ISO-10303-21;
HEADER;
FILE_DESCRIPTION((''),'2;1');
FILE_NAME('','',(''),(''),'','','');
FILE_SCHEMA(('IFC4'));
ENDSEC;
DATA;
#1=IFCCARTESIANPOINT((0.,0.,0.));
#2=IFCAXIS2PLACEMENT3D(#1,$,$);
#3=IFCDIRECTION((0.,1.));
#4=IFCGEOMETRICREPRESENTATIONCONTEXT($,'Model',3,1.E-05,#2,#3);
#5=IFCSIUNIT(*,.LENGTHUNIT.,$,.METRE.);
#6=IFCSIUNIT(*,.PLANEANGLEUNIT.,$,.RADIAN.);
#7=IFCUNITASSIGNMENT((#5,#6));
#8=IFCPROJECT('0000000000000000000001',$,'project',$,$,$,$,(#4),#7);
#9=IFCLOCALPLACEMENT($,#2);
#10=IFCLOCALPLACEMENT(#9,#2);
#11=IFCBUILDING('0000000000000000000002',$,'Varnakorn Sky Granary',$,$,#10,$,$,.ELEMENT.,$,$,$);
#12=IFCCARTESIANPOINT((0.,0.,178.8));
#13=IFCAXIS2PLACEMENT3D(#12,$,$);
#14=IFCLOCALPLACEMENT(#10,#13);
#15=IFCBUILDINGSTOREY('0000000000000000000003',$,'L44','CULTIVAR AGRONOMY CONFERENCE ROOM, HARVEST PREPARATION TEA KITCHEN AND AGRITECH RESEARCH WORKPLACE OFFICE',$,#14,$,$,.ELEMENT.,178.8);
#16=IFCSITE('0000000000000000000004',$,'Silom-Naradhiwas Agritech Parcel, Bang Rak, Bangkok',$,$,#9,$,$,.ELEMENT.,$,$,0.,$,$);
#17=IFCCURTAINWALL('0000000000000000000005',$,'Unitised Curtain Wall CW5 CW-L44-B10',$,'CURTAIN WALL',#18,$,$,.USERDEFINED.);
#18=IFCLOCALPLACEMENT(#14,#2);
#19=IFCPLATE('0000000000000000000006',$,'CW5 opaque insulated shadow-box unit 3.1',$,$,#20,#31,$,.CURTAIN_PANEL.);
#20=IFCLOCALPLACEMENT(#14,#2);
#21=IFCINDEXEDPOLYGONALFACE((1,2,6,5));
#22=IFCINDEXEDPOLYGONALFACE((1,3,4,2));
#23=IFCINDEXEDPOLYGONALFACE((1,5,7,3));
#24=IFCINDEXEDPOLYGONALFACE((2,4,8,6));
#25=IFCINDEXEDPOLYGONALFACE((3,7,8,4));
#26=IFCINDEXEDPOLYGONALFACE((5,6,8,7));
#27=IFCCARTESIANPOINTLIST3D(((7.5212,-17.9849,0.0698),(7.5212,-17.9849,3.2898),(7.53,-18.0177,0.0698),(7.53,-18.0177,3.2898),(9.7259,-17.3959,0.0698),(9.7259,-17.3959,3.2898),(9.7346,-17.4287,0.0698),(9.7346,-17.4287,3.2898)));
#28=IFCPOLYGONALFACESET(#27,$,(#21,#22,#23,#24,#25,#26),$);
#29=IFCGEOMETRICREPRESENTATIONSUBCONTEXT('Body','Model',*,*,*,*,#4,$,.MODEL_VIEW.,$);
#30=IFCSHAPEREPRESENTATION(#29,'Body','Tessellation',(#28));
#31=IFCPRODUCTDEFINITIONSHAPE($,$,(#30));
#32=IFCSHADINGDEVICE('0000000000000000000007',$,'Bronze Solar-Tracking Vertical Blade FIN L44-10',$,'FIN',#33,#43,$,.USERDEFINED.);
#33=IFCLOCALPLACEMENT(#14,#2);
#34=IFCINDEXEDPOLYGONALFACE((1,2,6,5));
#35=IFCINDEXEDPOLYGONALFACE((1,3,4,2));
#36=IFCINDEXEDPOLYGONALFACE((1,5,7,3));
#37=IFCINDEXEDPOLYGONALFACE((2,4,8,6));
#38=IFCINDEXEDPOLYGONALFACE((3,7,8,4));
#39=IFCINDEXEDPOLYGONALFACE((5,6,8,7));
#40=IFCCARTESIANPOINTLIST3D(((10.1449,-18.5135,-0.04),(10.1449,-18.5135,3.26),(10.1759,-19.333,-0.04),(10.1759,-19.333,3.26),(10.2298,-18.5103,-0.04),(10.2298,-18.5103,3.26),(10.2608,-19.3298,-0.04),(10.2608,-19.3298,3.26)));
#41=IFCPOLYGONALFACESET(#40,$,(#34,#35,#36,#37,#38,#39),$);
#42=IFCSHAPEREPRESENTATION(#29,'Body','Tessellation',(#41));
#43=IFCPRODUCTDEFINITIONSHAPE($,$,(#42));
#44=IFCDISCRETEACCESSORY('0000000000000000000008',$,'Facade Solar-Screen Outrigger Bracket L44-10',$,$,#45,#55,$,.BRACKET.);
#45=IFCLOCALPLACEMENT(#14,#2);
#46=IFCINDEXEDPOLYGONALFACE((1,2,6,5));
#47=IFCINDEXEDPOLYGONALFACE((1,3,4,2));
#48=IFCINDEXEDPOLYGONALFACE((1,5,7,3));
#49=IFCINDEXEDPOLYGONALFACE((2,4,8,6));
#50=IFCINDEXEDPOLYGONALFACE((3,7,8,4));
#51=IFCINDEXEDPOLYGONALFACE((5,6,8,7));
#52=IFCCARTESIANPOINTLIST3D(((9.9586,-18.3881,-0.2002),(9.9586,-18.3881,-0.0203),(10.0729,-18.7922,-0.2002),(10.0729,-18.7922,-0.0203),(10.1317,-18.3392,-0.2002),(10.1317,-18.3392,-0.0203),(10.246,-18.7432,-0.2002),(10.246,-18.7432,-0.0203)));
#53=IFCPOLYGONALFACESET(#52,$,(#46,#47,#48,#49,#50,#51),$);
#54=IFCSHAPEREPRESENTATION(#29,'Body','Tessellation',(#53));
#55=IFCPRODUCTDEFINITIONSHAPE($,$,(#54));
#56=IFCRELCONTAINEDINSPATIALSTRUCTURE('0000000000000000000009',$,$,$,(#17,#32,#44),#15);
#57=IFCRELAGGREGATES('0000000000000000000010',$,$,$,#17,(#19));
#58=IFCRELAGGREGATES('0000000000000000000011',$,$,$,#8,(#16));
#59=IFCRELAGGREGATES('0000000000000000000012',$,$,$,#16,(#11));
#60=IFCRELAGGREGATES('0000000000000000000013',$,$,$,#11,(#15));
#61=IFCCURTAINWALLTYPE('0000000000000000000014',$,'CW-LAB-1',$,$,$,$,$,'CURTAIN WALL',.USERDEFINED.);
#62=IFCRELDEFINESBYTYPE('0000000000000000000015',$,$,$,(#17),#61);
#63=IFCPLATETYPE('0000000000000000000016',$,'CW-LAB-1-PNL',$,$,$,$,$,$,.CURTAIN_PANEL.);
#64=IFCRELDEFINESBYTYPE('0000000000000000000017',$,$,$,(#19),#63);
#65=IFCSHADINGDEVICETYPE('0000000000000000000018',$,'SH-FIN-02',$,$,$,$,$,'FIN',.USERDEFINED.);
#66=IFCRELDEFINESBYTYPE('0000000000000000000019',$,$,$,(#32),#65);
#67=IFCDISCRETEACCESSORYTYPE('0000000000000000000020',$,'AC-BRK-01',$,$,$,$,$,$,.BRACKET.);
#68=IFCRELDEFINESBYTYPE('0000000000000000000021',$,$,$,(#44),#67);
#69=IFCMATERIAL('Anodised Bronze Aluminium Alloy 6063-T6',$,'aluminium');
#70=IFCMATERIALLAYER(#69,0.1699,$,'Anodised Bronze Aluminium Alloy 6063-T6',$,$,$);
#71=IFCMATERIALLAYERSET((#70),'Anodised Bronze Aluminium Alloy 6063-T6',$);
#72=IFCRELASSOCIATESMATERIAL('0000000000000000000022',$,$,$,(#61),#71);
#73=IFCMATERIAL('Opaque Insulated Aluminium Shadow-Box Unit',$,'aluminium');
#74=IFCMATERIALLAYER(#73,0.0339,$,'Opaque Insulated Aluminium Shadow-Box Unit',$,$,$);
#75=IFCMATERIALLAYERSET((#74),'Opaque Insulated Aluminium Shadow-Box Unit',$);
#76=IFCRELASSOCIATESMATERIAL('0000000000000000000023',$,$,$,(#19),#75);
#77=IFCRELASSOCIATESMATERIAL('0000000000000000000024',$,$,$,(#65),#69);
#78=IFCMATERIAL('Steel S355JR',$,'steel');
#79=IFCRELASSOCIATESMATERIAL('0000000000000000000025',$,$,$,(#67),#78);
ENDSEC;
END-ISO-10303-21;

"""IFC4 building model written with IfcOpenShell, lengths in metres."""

from ifc_helpers import new_model, si_unit, direction, frame, origin, origin_2d, place, context, subcontext, project, spatial, rectangle, extrude, source, transform, mapped, material, layer, layer_set, type_object, type_shapes, element, aggregate, save


model = new_model("IFC4")

# Units and contexts
model_context = context("Model", 3, precision=1e-05, world=origin(), true_north=direction((0.0, 1.0)))
body_context = subcontext(model_context, "Body", "Model", "MODEL_VIEW")
ifc_project = project(units=[si_unit("LENGTHUNIT", "METRE"), si_unit("PLANEANGLEUNIT", "RADIAN")], contexts=[model_context])

# Site, building, storey
site_placement = place(None, origin())
site = spatial("IfcSite", under=ifc_project, at=site_placement, Name="Silom-Naradhiwas Agritech Parcel, Bang Rak, Bangkok", CompositionType="ELEMENT", RefElevation=0.0)
building_placement = place(site_placement, origin())
building = spatial("IfcBuilding", under=site, at=building_placement, Name="Varnakorn Sky Granary", CompositionType="ELEMENT")
storey_placement = place(building_placement, frame((0.0, 0.0, 178.8)))
storey = spatial("IfcBuildingStorey", under=building, at=storey_placement, Name="L44", Description="CULTIVAR AGRONOMY CONFERENCE ROOM, HARVEST PREPARATION TEA KITCHEN AND AGRITECH RESEARCH WORKPLACE OFFICE", CompositionType="ELEMENT", Elevation=178.8)

# Shared definitions
ifc_material_1 = material(Name="Steel S355JR", Category="steel")

# Curtain wall
ifc_material_2 = material(Name="Anodised Bronze Aluminium Alloy 6063-T6", Category="aluminium")
ifc_layer_1 = layer(ifc_material_2, 0.1699, Name="Anodised Bronze Aluminium Alloy 6063-T6")
ifc_layer_set_1 = layer_set([ifc_layer_1], Name="Anodised Bronze Aluminium Alloy 6063-T6")
curtain_wall_type = type_object("IfcCurtainWallType", Name="CW-LAB-1", ElementType="CURTAIN WALL", PredefinedType="USERDEFINED", material=ifc_layer_set_1)
curtain_wall_placement = place(storey_placement, origin())
curtain_wall = element("IfcCurtainWall", 1, at=curtain_wall_placement, inside=storey, type_object=curtain_wall_type, Name="Unitised Curtain Wall CW5 CW-L44-B10", ObjectType="CURTAIN WALL", PredefinedType="USERDEFINED")

# Plate
ifc_material_3 = material(Name="Opaque Insulated Aluminium Shadow-Box Unit", Category="aluminium")
ifc_layer_2 = layer(ifc_material_3, 0.0339, Name="Opaque Insulated Aluminium Shadow-Box Unit")
ifc_layer_set_2 = layer_set([ifc_layer_2], Name="Opaque Insulated Aluminium Shadow-Box Unit")
plate_type = type_object("IfcPlateType", Name="CW-LAB-1-PNL", PredefinedType="CURTAIN_PANEL")
shared_shape_1 = source(origin(), body_context, "Body", "SweptSolid", [
    extrude(rectangle(XDim=2.282, YDim=0.0339, at=origin_2d()), origin(), (0.0, 0.0, 1.0), 3.22),
])
plate_1_placement = place(storey_placement, frame((8.6279, -17.7068, 0.0698), z_axis=(0.0, 0.0, 1.0), x_axis=(-0.966119, -0.258096, 0.0)))
plate_1 = element("IfcPlate", 2, at=plate_1_placement, type_object=plate_type, material=ifc_layer_set_2, Name="CW5 opaque insulated shadow-box unit 3.1", PredefinedType="CURTAIN_PANEL", context=body_context, shape_type="MappedRepresentation", body=[
    mapped(shared_shape_1, transform((0.0, 0.0, 0.0), x_axis=(1.0, 0.0, 0.0), y_axis=(0.0, 1.0, 0.0), z_axis=(0.0, 0.0, 1.0), scale=1.0)),
])
aggregate(curtain_wall, [plate_1])

# Shading device
shading_device_type = type_object("IfcShadingDeviceType", Name="SH-FIN-02", ElementType="FIN", PredefinedType="USERDEFINED", material=ifc_material_2)
shared_shape_2 = source(origin(), body_context, "Body", "SweptSolid", [
    extrude(rectangle(XDim=0.085, YDim=0.8201, at=origin_2d()), origin(), (0.0, 0.0, 1.0), 3.3),
])
type_shapes(shading_device_type, [shared_shape_2])
shading_device_placement = place(storey_placement, frame((10.2029, -18.9216, -0.04), z_axis=(0.0, 0.0, 1.0), x_axis=(0.999284, 0.037825, 0.0)))
element("IfcShadingDevice", 3, at=shading_device_placement, inside=storey, type_object=shading_device_type, Name="Bronze Solar-Tracking Vertical Blade FIN L44-10", ObjectType="FIN", PredefinedType="USERDEFINED", context=body_context, shape_type="MappedRepresentation", body=[
    mapped(shared_shape_2, transform((0.0, 0.0, 0.0), x_axis=(1.0, 0.0, 0.0), y_axis=(0.0, 1.0, 0.0), z_axis=(0.0, 0.0, 1.0), scale=1.0)),
])

# Discrete accessory
discrete_accessory_type = type_object("IfcDiscreteAccessoryType", Name="AC-BRK-01", PredefinedType="BRACKET", material=ifc_material_1)
shared_shape_3 = source(origin(), body_context, "Body", "SweptSolid", [
    extrude(rectangle(XDim=0.1799, YDim=0.4199, at=origin_2d()), origin(), (0.0, 0.0, 1.0), 0.1799),
])
type_shapes(discrete_accessory_type, [shared_shape_3])
discrete_accessory_placement = place(storey_placement, frame((10.1023, -18.5657, -0.2002), z_axis=(0.0, 0.0, 1.0), x_axis=(0.962235, 0.27222, 0.0)))
element("IfcDiscreteAccessory", 4, at=discrete_accessory_placement, inside=storey, type_object=discrete_accessory_type, Name="Facade Solar-Screen Outrigger Bracket L44-10", PredefinedType="BRACKET", context=body_context, shape_type="MappedRepresentation", body=[
    mapped(shared_shape_3, transform((0.0, 0.0, 0.0), x_axis=(1.0, 0.0, 0.0), y_axis=(0.0, 1.0, 0.0), z_axis=(0.0, 0.0, 1.0), scale=1.0)),
])

save(model, "model.ifc")
